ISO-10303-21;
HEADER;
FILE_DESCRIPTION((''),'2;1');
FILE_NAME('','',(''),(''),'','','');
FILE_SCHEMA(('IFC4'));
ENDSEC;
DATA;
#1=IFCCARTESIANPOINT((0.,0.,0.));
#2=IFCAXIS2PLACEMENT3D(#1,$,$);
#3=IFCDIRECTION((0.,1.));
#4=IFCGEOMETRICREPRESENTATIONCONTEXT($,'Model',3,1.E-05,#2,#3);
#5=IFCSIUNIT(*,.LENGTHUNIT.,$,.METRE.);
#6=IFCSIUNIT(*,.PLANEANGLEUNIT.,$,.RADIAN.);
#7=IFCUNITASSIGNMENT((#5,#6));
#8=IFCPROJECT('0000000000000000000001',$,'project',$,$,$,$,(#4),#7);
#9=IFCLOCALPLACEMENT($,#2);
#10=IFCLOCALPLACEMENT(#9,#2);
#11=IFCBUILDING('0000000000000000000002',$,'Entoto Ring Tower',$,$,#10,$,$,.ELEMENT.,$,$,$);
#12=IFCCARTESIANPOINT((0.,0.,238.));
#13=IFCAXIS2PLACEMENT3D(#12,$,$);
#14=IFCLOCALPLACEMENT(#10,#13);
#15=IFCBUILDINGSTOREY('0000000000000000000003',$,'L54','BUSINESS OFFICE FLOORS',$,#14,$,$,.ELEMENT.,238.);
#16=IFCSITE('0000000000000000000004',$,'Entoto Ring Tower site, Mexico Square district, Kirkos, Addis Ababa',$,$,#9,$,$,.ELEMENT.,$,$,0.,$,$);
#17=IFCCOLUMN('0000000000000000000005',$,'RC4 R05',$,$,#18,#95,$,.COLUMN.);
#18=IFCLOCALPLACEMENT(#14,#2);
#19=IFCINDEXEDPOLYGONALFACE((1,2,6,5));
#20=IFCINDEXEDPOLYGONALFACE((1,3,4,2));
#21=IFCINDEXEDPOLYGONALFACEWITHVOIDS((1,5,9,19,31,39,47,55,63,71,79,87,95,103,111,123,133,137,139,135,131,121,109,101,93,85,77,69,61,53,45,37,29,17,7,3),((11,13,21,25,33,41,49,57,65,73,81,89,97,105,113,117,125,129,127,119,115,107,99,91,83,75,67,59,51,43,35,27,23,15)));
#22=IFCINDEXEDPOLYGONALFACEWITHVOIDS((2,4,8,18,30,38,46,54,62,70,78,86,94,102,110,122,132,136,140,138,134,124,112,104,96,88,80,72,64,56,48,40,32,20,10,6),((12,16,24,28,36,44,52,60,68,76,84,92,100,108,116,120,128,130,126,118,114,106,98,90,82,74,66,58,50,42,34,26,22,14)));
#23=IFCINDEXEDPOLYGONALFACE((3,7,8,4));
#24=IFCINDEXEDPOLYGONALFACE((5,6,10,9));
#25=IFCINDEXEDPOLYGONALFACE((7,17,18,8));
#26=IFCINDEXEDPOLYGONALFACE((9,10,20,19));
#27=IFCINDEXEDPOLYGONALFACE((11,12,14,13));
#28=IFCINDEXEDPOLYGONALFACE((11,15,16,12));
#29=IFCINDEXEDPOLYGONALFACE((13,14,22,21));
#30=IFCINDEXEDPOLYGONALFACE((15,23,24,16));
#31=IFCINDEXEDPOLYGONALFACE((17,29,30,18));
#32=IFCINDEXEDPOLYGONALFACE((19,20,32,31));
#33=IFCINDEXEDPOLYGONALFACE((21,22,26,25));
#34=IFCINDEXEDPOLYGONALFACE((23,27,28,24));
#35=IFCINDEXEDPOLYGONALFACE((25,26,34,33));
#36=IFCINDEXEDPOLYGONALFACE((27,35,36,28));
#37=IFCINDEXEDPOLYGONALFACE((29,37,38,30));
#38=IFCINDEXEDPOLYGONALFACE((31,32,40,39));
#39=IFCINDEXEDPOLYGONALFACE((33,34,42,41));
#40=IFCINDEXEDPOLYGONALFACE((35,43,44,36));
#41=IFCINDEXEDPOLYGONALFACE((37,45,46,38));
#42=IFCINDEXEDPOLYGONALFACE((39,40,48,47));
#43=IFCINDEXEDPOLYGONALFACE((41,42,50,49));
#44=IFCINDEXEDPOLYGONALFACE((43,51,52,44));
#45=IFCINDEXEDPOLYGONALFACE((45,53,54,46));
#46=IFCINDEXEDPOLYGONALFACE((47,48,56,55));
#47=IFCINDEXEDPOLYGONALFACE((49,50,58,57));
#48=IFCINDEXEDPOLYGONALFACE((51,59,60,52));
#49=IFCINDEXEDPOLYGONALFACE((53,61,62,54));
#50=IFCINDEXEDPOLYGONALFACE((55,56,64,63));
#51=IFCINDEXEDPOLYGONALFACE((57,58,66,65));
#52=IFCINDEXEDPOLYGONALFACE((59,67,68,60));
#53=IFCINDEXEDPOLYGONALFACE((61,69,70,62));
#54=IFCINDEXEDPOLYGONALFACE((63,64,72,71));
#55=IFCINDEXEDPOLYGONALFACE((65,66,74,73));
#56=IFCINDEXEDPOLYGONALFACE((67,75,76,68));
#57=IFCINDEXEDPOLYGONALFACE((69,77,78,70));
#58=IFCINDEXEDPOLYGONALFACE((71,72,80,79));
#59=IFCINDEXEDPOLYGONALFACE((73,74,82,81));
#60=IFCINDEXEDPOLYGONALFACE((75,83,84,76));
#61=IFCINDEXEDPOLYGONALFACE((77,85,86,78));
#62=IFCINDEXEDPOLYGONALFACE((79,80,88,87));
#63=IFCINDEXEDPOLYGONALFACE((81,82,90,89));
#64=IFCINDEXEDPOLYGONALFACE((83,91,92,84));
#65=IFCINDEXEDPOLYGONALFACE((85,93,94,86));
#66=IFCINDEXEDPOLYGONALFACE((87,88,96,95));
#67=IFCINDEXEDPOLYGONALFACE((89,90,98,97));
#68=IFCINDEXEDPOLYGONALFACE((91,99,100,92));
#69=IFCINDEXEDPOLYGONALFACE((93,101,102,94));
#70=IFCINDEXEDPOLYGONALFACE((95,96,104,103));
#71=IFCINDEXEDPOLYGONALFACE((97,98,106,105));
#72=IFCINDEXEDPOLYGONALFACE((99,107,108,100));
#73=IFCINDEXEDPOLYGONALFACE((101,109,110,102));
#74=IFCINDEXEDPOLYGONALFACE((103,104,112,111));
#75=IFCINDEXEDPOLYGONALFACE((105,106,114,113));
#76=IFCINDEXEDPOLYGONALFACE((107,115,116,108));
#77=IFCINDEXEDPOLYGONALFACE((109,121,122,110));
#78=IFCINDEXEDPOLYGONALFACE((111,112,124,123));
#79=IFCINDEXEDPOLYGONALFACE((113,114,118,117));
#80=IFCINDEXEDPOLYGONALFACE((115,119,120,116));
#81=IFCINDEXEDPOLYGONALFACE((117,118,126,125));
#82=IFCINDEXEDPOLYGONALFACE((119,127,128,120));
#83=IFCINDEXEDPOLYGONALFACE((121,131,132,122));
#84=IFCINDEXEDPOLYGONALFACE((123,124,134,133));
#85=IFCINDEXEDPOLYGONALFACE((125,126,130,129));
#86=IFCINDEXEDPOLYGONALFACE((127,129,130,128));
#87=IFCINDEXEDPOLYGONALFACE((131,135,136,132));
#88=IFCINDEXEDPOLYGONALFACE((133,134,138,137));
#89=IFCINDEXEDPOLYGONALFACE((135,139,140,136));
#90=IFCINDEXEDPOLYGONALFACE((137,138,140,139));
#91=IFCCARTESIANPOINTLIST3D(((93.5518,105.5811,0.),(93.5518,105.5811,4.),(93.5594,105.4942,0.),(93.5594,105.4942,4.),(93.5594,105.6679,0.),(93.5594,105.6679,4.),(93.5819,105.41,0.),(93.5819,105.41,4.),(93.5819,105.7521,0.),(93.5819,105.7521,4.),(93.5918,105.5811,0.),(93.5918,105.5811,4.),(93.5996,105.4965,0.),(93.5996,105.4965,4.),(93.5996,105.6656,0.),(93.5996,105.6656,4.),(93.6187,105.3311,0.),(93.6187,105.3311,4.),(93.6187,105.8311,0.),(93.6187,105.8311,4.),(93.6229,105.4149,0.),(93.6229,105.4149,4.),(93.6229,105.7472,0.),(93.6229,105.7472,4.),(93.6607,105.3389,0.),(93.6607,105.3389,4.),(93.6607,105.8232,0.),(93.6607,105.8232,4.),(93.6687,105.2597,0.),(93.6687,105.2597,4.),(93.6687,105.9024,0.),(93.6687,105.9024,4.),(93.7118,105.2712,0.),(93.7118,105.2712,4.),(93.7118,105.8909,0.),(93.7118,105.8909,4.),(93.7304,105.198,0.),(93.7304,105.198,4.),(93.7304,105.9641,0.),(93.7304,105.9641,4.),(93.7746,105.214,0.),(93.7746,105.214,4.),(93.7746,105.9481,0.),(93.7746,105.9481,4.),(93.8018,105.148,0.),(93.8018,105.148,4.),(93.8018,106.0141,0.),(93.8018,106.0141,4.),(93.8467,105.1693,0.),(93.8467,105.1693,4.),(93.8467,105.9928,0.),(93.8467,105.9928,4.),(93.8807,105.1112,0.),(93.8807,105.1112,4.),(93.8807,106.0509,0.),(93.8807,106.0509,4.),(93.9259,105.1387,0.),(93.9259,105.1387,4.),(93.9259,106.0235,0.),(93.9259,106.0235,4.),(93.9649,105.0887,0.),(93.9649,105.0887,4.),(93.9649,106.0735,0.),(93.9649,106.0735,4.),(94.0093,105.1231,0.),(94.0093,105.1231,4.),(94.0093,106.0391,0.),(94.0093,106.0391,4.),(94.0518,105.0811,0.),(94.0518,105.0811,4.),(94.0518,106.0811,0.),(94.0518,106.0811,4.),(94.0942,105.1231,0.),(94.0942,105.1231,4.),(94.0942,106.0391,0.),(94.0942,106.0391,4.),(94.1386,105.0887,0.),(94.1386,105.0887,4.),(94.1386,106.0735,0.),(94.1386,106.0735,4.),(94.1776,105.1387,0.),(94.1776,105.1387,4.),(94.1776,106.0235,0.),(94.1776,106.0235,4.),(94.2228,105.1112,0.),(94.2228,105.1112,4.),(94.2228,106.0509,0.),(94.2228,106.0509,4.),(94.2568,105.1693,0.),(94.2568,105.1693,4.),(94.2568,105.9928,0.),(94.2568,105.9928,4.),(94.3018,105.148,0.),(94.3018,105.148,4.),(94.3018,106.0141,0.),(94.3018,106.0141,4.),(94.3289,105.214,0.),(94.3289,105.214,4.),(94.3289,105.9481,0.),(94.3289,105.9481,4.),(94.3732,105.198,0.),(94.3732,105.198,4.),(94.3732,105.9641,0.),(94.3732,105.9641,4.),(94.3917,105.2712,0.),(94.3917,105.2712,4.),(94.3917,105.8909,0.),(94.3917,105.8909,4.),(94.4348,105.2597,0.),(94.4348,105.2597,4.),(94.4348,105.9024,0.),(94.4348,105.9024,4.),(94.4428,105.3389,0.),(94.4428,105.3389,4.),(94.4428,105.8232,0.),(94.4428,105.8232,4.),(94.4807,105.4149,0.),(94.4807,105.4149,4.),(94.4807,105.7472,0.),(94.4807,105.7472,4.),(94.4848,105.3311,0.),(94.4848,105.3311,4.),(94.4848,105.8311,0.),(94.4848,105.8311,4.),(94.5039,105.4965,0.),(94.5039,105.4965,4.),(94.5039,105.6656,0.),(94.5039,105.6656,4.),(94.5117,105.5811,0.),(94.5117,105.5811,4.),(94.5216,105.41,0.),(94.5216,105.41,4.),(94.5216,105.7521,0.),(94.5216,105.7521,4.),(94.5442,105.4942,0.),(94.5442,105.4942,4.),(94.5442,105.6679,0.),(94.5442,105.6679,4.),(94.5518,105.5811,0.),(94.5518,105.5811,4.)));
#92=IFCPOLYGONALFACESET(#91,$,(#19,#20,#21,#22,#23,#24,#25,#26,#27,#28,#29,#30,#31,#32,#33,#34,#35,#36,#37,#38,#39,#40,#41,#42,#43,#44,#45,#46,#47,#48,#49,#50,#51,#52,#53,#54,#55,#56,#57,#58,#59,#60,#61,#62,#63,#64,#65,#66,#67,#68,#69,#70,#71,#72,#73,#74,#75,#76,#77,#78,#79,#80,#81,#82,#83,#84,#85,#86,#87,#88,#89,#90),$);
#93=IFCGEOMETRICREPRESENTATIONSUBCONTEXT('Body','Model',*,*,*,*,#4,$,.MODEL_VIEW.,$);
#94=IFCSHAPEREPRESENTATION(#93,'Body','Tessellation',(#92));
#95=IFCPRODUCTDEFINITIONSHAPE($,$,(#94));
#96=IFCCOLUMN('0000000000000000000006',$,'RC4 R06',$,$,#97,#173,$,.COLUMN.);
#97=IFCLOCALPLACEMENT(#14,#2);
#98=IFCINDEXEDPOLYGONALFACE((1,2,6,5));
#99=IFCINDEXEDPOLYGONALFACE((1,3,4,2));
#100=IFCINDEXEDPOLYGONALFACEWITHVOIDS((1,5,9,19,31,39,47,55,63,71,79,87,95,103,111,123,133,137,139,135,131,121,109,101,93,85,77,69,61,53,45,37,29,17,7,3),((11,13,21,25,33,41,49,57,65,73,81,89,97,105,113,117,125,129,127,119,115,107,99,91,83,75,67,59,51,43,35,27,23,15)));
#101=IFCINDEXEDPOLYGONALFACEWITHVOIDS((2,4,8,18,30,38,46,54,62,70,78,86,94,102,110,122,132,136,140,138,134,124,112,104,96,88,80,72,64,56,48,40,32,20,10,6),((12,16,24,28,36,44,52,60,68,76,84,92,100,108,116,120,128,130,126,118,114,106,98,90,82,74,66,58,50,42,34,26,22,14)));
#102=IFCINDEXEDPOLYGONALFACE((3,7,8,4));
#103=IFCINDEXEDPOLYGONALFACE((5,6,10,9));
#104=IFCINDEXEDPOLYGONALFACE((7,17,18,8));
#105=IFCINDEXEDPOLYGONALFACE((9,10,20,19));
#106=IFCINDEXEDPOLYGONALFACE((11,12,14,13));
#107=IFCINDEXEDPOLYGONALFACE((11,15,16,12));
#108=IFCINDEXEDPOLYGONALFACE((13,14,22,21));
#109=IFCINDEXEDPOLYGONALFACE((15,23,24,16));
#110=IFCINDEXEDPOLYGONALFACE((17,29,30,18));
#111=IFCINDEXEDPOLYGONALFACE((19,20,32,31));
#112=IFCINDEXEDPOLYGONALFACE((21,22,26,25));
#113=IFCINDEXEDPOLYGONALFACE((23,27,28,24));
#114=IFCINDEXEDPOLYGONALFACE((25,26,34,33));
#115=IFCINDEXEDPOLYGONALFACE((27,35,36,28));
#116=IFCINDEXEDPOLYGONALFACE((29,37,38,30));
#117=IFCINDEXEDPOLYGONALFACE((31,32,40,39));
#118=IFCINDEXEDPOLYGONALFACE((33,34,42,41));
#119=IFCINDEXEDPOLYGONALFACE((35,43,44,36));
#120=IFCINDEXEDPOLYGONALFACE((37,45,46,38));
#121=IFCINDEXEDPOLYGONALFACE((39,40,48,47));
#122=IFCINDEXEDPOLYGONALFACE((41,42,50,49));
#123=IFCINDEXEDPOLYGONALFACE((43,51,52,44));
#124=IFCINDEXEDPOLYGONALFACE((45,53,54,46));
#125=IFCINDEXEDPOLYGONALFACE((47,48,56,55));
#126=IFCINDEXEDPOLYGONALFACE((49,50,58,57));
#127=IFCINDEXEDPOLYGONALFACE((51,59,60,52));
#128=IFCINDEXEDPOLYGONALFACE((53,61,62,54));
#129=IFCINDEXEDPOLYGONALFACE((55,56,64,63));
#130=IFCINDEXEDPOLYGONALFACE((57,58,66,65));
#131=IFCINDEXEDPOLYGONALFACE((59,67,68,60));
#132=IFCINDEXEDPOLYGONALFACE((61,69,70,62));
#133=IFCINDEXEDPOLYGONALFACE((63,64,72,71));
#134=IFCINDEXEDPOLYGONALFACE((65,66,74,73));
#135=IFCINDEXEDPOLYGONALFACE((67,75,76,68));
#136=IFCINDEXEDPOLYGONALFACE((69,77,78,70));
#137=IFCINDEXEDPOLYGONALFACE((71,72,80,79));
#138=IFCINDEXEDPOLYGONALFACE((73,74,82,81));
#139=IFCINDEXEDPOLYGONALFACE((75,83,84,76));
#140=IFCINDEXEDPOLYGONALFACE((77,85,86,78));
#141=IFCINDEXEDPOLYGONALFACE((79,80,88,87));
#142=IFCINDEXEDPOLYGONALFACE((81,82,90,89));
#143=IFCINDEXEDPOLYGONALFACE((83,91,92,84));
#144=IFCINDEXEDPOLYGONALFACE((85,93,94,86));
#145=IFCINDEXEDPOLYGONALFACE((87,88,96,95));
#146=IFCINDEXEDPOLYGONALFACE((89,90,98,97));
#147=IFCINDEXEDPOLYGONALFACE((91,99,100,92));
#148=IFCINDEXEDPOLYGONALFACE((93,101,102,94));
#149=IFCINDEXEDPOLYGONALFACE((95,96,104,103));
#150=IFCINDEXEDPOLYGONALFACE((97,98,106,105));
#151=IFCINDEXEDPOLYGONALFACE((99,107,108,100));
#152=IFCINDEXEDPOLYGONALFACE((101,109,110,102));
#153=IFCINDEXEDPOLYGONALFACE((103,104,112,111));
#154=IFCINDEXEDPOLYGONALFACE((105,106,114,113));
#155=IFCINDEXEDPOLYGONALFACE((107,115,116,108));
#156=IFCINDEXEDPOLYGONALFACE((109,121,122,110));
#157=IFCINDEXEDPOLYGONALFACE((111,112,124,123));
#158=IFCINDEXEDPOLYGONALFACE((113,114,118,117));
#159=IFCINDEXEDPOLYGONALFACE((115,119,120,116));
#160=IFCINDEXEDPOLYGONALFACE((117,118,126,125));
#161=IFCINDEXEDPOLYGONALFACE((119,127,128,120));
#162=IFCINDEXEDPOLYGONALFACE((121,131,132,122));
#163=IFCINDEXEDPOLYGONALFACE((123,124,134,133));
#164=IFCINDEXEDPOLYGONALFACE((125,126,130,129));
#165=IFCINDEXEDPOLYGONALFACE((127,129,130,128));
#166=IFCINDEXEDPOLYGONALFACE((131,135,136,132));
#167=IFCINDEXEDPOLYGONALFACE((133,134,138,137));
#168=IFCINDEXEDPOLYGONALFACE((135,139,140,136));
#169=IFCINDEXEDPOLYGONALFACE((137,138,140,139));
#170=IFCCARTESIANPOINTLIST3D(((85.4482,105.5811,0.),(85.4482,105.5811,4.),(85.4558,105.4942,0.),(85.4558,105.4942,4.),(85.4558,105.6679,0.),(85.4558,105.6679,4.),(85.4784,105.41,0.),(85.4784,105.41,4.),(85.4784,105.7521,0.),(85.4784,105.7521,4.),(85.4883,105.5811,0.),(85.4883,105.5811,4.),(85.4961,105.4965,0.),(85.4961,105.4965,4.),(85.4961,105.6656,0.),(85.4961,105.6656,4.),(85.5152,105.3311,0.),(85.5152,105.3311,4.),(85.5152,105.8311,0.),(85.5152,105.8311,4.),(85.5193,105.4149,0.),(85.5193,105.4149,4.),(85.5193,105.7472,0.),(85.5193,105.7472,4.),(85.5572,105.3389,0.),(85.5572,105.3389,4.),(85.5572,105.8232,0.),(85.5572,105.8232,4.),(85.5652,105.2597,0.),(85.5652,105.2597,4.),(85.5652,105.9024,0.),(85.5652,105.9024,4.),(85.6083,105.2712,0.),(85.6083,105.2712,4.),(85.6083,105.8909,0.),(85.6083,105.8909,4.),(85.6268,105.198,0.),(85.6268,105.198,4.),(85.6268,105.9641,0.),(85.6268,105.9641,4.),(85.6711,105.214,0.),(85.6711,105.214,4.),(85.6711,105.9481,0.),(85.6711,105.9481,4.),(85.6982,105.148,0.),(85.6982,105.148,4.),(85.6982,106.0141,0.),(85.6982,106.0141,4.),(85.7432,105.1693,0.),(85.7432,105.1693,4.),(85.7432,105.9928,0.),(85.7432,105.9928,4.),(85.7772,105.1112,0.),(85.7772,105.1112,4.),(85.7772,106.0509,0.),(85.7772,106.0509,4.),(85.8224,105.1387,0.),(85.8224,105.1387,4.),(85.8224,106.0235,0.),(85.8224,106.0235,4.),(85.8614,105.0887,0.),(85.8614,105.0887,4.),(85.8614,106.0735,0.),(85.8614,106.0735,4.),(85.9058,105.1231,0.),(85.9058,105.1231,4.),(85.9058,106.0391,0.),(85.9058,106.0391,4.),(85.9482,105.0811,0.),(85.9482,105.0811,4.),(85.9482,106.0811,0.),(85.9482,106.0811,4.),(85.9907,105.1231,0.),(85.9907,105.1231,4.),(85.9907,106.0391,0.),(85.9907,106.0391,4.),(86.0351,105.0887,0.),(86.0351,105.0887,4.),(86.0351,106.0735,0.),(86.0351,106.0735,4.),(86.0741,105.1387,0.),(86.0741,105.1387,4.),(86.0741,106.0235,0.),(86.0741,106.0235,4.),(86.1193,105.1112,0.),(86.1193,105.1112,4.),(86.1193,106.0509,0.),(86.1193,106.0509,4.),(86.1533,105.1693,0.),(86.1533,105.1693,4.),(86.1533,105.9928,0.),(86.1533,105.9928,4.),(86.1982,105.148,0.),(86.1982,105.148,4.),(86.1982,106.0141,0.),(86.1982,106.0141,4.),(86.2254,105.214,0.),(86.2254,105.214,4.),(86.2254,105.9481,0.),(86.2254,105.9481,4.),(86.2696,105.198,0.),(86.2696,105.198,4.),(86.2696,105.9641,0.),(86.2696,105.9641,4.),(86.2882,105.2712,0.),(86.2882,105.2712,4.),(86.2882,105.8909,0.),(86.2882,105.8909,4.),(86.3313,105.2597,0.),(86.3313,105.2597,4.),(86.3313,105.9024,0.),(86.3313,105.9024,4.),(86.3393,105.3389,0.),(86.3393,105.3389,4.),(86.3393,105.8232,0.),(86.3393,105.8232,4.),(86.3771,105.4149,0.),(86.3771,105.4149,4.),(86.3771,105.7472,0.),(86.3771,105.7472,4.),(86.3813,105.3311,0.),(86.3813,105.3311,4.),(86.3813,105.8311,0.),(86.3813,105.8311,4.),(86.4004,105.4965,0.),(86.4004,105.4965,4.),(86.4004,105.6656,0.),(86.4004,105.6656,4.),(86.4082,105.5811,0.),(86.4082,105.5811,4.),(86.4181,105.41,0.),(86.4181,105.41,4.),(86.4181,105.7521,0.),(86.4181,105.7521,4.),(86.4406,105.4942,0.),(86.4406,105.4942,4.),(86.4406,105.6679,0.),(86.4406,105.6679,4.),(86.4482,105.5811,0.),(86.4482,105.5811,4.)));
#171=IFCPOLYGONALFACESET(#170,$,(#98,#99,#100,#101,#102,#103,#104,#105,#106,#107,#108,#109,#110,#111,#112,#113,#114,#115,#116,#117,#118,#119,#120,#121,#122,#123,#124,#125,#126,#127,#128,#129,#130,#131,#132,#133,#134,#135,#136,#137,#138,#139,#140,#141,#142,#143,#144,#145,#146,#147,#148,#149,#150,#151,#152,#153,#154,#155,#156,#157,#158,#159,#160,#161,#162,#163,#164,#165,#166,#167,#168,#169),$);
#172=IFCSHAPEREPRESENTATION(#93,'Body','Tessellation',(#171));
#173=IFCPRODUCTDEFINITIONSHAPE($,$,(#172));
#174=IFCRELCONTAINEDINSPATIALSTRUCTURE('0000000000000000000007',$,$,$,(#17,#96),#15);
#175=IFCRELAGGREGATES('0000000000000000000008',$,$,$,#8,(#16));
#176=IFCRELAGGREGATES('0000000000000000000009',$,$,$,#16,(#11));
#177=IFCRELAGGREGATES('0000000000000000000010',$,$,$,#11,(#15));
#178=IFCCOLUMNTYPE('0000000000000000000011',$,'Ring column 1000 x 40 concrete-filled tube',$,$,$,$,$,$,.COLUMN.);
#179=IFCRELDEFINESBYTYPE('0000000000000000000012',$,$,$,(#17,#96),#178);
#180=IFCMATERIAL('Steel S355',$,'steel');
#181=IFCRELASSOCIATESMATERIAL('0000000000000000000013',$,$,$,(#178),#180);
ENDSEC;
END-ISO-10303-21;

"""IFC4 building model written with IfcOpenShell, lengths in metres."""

from ifc_helpers import new_model, si_unit, direction, frame, origin, origin_2d, place, context, subcontext, project, spatial, circle, hollow_circle, extrude, material, material_profile, profile_set, type_object, element, save


model = new_model("IFC4")

# Units and contexts
model_context = context("Model", 3, precision=1e-05, world=origin(), true_north=direction((0.0, 1.0)))
body_context = subcontext(model_context, "Body", "Model", "MODEL_VIEW")
ifc_project = project(units=[si_unit("LENGTHUNIT", "METRE"), si_unit("PLANEANGLEUNIT", "RADIAN")], contexts=[model_context])

# Site, building, storey
site_placement = place(None, origin())
site = spatial("IfcSite", under=ifc_project, at=site_placement, Name="Entoto Ring Tower site, Mexico Square district, Kirkos, Addis Ababa", CompositionType="ELEMENT", RefElevation=0.0)
building_placement = place(site_placement, origin())
building = spatial("IfcBuilding", under=site, at=building_placement, Name="Entoto Ring Tower", CompositionType="ELEMENT")
storey_placement = place(building_placement, frame((0.0, 0.0, 238.0)))
storey = spatial("IfcBuildingStorey", under=building, at=storey_placement, Name="L54", Description="BUSINESS OFFICE FLOORS", CompositionType="ELEMENT", Elevation=238.0)

# Columns
ifc_material_1 = material(Name="Steel S355", Category="steel")
ifc_material_profile_1 = material_profile(ifc_material_1, hollow_circle(Radius=0.5, WallThickness=0.04, at=origin_2d()), Name="CHS 1000 x 40")
ifc_material_2 = material(Name="Concrete C60/75", Category="concrete")
ifc_material_profile_2 = material_profile(ifc_material_2, circle(Radius=0.46, at=origin_2d()), Name="Concrete C60/75 infill")
ifc_profile_set_1 = profile_set([ifc_material_profile_1, ifc_material_profile_2], Name="Steel S355")
column_type = type_object("IfcColumnType", Name="Ring column 1000 x 40 concrete-filled tube", PredefinedType="COLUMN", material=ifc_profile_set_1)
for number, where, z_axis, x_axis, name in (
    (1, (94.0518, 105.5811, 0.0), (0.0, 0.0, 1.0), (1.0, 0.0, 0.0), "RC4 R05"),
    (2, (85.9482, 105.5811, 0.0), (0.0, 0.0, 1.0), (1.0, 0.0, 0.0), "RC4 R06"),
):
    element("IfcColumn", number, at=place(storey_placement, frame(where, z_axis=z_axis, x_axis=x_axis)), inside=storey, type_object=column_type, Name=name, PredefinedType="COLUMN", context=body_context, shape_type="SweptSolid", body=[
        extrude(hollow_circle(Radius=0.5, WallThickness=0.04, at=origin_2d()), origin(), (0.0, 0.0, 1.0), 4.0),
    ])

save(model, "model.ifc")
